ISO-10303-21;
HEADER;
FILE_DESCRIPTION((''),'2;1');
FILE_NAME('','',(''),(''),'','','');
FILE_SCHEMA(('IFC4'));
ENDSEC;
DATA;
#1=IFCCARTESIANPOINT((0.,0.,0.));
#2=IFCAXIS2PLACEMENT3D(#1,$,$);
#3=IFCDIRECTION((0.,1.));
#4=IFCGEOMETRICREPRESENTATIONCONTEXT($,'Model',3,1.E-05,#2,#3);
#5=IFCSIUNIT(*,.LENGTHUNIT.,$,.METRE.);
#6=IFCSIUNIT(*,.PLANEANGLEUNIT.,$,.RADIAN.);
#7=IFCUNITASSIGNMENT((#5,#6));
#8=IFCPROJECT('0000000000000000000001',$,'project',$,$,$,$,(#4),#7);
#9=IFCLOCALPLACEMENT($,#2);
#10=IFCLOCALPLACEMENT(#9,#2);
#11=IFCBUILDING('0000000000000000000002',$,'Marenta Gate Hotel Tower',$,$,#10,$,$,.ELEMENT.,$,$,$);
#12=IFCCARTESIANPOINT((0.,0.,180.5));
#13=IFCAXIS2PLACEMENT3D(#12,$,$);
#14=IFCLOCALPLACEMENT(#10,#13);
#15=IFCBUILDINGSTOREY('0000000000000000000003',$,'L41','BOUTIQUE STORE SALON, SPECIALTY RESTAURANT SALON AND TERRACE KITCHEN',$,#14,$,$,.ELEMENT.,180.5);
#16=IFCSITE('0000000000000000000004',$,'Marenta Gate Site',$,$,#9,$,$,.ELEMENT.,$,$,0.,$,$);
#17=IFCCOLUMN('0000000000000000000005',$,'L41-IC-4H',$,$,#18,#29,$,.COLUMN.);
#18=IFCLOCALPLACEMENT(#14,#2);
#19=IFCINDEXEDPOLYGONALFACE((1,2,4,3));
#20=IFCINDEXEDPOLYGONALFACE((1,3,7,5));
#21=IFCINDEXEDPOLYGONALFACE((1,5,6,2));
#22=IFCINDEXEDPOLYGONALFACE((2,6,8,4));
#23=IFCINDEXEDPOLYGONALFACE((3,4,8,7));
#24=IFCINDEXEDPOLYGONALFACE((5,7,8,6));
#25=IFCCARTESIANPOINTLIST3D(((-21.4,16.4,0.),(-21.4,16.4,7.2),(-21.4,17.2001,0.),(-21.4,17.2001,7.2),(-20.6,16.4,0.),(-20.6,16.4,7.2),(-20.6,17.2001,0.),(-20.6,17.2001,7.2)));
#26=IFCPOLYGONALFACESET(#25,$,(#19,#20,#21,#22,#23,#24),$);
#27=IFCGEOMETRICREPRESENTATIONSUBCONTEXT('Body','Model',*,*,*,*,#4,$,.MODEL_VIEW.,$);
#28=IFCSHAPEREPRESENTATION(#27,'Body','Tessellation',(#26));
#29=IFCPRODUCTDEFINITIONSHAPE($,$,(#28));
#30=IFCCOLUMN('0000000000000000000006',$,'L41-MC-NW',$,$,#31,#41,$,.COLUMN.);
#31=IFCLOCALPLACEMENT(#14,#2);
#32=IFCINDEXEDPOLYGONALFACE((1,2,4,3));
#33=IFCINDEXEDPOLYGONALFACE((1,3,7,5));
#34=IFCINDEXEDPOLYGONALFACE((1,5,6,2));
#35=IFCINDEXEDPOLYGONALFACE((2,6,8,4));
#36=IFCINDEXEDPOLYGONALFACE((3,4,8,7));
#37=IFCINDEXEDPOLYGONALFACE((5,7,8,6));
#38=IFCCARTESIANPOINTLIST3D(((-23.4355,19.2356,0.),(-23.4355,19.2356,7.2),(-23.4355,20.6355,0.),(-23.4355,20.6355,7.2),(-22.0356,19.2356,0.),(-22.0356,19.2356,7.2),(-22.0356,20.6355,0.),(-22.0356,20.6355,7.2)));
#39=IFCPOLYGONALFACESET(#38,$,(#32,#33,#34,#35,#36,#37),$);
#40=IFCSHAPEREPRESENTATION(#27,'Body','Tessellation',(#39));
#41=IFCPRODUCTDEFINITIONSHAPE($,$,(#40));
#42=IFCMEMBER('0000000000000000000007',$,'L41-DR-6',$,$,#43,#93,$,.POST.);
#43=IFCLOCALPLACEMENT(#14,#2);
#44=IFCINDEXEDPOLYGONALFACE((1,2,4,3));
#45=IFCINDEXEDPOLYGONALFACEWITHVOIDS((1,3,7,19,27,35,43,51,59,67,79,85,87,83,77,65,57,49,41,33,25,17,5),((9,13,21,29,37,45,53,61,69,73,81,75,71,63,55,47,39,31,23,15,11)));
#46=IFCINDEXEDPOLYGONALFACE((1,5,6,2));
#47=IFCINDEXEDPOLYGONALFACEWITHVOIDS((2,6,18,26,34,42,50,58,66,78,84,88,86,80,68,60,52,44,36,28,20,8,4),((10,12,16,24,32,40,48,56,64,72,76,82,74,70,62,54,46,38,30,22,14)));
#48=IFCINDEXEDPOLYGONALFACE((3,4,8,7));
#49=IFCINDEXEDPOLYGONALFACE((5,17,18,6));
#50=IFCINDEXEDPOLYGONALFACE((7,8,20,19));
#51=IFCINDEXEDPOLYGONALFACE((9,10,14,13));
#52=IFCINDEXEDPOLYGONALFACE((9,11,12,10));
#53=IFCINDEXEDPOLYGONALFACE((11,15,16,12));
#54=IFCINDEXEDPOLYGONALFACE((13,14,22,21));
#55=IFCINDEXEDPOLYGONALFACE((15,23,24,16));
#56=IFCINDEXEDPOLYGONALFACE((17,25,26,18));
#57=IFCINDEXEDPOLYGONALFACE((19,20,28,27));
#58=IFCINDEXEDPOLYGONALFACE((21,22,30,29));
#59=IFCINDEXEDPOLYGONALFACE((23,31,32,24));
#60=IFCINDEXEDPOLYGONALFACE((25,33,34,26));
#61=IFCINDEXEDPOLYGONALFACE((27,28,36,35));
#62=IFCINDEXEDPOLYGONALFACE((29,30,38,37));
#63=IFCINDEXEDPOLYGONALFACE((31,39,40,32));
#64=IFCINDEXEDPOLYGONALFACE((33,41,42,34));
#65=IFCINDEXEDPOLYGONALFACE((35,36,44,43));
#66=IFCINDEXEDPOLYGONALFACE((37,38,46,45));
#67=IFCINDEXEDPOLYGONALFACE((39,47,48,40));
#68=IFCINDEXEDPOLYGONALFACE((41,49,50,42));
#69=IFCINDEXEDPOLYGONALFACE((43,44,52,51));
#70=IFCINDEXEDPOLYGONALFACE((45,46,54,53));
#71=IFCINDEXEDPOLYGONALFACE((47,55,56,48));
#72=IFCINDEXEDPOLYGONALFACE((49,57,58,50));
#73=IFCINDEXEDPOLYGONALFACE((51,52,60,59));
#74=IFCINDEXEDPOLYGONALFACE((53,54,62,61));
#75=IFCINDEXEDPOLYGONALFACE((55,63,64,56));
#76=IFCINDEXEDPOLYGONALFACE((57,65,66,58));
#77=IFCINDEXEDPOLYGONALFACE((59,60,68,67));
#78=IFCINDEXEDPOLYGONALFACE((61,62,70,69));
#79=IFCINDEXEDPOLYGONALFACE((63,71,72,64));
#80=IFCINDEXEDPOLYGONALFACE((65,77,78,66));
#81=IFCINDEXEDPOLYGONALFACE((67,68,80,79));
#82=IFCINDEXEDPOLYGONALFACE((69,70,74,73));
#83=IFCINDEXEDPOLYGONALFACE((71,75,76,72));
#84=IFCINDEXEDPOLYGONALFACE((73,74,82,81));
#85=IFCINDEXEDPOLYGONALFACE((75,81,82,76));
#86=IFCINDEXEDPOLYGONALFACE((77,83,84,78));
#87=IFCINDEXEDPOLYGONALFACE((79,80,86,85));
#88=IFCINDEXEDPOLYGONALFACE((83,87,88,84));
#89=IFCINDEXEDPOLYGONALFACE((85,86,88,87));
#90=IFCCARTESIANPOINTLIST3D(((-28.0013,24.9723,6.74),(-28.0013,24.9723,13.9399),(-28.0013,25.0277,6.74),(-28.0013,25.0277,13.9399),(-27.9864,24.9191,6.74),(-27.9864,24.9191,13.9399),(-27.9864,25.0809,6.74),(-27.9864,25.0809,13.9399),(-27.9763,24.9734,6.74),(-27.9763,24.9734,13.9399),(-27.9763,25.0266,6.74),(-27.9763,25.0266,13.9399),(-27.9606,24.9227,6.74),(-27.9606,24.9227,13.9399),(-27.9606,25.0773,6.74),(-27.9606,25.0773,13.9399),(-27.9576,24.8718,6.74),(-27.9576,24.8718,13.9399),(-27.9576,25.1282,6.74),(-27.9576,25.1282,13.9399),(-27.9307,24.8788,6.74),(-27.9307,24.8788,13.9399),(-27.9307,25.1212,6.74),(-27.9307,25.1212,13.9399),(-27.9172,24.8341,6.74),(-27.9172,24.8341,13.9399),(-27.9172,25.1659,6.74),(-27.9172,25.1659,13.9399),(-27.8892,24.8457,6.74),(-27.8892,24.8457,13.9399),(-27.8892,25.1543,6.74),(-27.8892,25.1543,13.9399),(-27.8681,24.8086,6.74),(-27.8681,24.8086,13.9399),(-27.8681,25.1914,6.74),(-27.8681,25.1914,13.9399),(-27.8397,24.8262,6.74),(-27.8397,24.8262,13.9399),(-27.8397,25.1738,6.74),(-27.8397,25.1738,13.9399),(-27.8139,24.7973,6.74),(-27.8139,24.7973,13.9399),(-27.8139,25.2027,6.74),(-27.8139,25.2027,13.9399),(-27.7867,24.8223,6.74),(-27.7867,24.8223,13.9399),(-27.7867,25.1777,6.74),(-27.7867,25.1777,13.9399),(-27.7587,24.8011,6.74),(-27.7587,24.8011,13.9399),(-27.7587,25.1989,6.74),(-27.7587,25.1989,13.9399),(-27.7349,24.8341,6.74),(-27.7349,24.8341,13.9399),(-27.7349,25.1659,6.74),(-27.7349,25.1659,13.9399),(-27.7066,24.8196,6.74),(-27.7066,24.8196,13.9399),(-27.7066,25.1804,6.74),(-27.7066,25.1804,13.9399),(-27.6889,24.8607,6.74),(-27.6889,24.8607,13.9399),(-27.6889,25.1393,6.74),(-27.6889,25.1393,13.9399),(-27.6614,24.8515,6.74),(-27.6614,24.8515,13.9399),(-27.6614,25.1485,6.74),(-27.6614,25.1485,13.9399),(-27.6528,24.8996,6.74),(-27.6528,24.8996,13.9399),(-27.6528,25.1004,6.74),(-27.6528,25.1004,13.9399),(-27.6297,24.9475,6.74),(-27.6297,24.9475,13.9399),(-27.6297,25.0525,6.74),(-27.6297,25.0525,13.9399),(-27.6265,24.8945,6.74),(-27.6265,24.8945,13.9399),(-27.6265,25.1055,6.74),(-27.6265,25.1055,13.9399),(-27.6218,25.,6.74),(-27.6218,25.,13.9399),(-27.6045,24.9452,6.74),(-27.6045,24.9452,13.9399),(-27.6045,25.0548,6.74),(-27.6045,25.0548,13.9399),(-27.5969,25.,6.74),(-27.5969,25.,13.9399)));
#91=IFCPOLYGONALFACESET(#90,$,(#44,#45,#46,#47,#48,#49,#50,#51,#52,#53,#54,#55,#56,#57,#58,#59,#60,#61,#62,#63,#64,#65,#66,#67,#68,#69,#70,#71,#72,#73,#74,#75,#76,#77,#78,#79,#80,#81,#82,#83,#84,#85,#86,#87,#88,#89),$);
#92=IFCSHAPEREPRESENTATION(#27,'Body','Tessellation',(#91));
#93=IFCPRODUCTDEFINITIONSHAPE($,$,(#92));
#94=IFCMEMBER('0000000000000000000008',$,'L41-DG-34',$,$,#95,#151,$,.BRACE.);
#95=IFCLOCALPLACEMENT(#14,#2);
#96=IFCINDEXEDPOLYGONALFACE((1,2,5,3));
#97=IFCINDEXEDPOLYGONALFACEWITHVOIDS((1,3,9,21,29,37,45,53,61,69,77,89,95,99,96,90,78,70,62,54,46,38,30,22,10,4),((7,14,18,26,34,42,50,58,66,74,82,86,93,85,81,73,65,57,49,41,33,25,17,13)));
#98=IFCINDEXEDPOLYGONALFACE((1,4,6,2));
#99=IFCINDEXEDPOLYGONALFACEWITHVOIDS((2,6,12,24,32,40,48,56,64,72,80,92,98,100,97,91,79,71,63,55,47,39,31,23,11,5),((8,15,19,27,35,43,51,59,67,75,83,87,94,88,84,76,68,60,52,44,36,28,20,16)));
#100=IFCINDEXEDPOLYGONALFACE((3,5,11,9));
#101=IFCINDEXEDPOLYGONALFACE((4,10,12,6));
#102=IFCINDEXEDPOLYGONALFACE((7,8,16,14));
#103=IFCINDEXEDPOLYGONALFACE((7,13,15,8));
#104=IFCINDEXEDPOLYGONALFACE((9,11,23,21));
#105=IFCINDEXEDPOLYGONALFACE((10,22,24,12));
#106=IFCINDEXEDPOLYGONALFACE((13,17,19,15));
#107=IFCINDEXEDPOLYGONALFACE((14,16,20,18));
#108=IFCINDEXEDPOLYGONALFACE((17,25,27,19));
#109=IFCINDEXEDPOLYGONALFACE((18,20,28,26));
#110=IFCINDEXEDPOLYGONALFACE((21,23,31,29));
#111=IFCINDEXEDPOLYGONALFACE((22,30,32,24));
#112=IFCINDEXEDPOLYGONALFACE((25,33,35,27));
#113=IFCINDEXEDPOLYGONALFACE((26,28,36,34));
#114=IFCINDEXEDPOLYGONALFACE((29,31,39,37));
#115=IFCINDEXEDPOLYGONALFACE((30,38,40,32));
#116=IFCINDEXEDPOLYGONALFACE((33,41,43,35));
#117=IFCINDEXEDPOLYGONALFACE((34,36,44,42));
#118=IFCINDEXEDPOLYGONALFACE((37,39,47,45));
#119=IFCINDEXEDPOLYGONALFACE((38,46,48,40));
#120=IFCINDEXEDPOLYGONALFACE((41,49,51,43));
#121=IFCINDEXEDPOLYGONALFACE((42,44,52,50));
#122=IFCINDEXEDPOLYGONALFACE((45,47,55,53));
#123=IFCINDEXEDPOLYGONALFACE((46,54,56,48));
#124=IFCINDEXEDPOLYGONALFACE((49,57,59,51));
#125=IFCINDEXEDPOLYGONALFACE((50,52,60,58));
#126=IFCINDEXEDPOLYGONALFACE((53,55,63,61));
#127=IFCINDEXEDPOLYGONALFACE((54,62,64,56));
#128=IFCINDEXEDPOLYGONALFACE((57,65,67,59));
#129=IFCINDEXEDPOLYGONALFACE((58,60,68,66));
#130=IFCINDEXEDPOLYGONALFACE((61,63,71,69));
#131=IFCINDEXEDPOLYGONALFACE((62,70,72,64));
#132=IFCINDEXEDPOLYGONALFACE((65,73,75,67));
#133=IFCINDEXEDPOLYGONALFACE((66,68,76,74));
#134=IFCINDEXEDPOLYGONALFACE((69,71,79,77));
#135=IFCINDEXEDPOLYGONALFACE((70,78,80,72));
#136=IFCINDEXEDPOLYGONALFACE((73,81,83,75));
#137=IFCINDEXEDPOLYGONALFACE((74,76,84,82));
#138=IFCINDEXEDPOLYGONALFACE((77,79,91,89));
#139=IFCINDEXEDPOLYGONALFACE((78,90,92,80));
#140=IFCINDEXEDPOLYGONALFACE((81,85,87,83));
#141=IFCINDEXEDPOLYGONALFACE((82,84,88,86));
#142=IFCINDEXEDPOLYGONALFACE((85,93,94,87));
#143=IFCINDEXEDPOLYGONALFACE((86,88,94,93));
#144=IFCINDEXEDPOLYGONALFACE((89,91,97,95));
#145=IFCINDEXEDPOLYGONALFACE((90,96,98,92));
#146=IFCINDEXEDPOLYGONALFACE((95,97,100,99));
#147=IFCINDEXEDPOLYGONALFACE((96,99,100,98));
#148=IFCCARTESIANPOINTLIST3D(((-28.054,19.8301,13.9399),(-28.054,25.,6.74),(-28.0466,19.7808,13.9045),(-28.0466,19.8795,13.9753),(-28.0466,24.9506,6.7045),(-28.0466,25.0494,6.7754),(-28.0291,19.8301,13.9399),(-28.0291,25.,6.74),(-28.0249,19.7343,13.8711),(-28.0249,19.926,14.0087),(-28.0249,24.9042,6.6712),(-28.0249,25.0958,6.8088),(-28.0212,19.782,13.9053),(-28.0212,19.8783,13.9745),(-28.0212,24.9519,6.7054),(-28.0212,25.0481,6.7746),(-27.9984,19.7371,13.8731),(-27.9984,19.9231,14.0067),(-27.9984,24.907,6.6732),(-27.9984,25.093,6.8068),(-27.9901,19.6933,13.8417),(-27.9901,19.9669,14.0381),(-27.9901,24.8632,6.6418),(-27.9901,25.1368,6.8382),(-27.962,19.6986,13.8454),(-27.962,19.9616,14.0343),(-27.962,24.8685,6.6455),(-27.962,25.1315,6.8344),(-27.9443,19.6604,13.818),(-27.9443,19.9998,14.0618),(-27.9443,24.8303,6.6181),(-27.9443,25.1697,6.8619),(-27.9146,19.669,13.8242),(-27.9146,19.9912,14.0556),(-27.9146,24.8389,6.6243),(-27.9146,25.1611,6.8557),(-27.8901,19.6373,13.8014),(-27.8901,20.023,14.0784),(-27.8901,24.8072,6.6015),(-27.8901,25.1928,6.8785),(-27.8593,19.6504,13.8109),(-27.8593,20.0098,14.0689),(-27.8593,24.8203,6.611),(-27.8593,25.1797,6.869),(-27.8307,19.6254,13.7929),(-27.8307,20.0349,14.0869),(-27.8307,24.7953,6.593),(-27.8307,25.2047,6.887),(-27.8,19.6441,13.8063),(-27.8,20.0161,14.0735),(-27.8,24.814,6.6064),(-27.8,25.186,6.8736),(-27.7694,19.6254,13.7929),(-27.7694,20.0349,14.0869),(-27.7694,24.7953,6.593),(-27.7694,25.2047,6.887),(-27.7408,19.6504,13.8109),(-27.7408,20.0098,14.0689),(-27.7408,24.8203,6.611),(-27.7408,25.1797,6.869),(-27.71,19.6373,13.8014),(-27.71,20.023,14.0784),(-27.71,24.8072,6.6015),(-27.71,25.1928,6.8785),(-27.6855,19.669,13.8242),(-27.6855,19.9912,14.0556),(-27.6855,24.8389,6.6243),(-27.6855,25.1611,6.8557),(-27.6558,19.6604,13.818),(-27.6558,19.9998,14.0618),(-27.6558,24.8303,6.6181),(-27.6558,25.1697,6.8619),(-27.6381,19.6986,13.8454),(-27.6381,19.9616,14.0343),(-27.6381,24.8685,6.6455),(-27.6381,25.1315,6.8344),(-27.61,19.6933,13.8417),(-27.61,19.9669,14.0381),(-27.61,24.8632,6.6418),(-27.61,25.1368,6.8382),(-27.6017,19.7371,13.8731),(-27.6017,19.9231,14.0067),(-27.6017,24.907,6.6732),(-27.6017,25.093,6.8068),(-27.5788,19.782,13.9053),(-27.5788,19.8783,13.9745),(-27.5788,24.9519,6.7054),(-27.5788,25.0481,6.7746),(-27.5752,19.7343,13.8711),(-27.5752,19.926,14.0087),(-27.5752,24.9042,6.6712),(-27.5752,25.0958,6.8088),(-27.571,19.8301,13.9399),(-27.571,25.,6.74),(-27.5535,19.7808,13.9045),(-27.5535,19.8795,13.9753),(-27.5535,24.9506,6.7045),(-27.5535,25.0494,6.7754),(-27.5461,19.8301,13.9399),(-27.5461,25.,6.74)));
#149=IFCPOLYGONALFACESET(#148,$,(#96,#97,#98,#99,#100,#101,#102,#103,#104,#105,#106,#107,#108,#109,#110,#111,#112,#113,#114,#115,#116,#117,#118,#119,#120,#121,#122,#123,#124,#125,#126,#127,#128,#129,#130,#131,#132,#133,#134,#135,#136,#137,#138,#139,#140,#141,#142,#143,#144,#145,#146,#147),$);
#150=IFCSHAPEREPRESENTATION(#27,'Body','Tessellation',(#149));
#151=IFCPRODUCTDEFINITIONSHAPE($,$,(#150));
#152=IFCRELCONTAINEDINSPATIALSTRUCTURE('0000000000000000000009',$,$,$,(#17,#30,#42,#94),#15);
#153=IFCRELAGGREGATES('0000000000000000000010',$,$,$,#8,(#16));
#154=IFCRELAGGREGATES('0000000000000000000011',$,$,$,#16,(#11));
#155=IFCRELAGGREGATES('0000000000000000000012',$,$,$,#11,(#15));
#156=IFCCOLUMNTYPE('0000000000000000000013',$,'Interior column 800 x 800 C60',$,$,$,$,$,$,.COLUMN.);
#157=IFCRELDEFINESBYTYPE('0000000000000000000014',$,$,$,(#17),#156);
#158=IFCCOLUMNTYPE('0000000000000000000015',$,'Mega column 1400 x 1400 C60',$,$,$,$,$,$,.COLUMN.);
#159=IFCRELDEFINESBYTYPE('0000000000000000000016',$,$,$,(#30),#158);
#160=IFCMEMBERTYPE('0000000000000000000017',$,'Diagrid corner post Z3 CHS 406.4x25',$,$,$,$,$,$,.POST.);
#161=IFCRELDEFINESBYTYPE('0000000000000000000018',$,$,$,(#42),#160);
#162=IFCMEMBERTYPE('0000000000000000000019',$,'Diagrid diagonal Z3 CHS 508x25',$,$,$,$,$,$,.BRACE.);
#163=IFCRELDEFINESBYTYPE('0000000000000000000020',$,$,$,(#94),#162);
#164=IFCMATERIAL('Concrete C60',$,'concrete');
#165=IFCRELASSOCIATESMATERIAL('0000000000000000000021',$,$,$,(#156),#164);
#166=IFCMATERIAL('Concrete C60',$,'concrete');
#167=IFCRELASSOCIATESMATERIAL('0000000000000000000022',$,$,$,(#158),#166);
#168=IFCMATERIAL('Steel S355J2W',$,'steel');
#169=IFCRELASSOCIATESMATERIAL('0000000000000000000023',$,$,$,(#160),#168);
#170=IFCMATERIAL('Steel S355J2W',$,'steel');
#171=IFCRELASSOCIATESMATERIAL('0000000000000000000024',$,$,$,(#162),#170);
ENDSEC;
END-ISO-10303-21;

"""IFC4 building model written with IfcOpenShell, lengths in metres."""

from ifc_helpers import new_model, si_unit, direction, frame, origin, origin_2d, place, context, subcontext, project, spatial, rectangle, hollow_circle, extrude, material, material_profile, profile_set, type_object, element, save


model = new_model("IFC4")

# Units and contexts
model_context = context("Model", 3, precision=1e-05, world=origin(), true_north=direction((0.0, 1.0)))
body_context = subcontext(model_context, "Body", "Model", "MODEL_VIEW")
ifc_project = project(units=[si_unit("LENGTHUNIT", "METRE"), si_unit("PLANEANGLEUNIT", "RADIAN")], contexts=[model_context])

# Site, building, storey
site_placement = place(None, origin())
site = spatial("IfcSite", under=ifc_project, at=site_placement, Name="Marenta Gate Site", CompositionType="ELEMENT", RefElevation=0.0)
building_placement = place(site_placement, origin())
building = spatial("IfcBuilding", under=site, at=building_placement, Name="Marenta Gate Hotel Tower", CompositionType="ELEMENT")
storey_placement = place(building_placement, frame((0.0, 0.0, 180.5)))
storey = spatial("IfcBuildingStorey", under=building, at=storey_placement, Name="L41", Description="BOUTIQUE STORE SALON, SPECIALTY RESTAURANT SALON AND TERRACE KITCHEN", CompositionType="ELEMENT", Elevation=180.5)

# Columns
ifc_material_1 = material(Name="Concrete C60", Category="concrete")
ifc_material_profile_1 = material_profile(ifc_material_1, rectangle(XDim=0.8, YDim=0.8, at=origin_2d()), Name="800 x 800")
ifc_profile_set_1 = profile_set([ifc_material_profile_1], Name="Concrete C60")
column_type_1 = type_object("IfcColumnType", Name="Interior column 800 x 800 C60", PredefinedType="COLUMN", material=ifc_profile_set_1)
column_1_placement = place(storey_placement, frame((-21.0, 16.8, 0.0), z_axis=(0.0, 0.0, 1.0), x_axis=(1.0, 0.0, 0.0)))
element("IfcColumn", 1, at=column_1_placement, inside=storey, type_object=column_type_1, Name="L41-IC-4H", PredefinedType="COLUMN", context=body_context, shape_type="SweptSolid", body=[
    extrude(rectangle(XDim=0.8, YDim=0.8, at=origin_2d()), origin(), (0.0, 0.0, 1.0), 7.2),
])
ifc_material_2 = material(Name="Concrete C60", Category="concrete")
ifc_material_profile_2 = material_profile(ifc_material_2, rectangle(XDim=1.3999, YDim=1.3999, at=origin_2d()), Name="1400 x 1400")
ifc_profile_set_2 = profile_set([ifc_material_profile_2], Name="Concrete C60")
column_type_2 = type_object("IfcColumnType", Name="Mega column 1400 x 1400 C60", PredefinedType="COLUMN", material=ifc_profile_set_2)
column_2_placement = place(storey_placement, frame((-22.7356, 19.9355, 0.0), z_axis=(0.0, 0.0, 1.0), x_axis=(1.0, 0.0, 0.0)))
element("IfcColumn", 2, at=column_2_placement, inside=storey, type_object=column_type_2, Name="L41-MC-NW", PredefinedType="COLUMN", context=body_context, shape_type="SweptSolid", body=[
    extrude(rectangle(XDim=1.3999, YDim=1.3999, at=origin_2d()), origin(), (0.0, 0.0, 1.0), 7.2),
])

# Members
ifc_material_3 = material(Name="Steel S355J2W", Category="steel")
ifc_material_profile_3 = material_profile(ifc_material_3, hollow_circle(Radius=0.2031, WallThickness=0.0249, at=origin_2d()), Name="CHS 406.4x25")
ifc_profile_set_3 = profile_set([ifc_material_profile_3], Name="Steel S355J2W")
member_type_1 = type_object("IfcMemberType", Name="Diagrid corner post Z3 CHS 406.4x25", PredefinedType="POST", material=ifc_profile_set_3)
member_1_placement = place(storey_placement, frame((-27.8, 25.0, 6.74), z_axis=(0.0, 0.0, 1.0), x_axis=(1.0, 0.0, 0.0)))
element("IfcMember", 3, at=member_1_placement, inside=storey, type_object=member_type_1, Name="L41-DR-6", PredefinedType="POST", context=body_context, shape_type="SweptSolid", body=[
    extrude(hollow_circle(Radius=0.2031, WallThickness=0.0249, at=origin_2d()), origin(), (0.0, 0.0, 1.0), 7.2),
])
ifc_material_4 = material(Name="Steel S355J2W", Category="steel")
ifc_material_profile_4 = material_profile(ifc_material_4, hollow_circle(Radius=0.2539, WallThickness=0.0249, at=origin_2d()), Name="CHS 508x25")
ifc_profile_set_4 = profile_set([ifc_material_profile_4], Name="Steel S355J2W")
member_type_2 = type_object("IfcMemberType", Name="Diagrid diagonal Z3 CHS 508x25", PredefinedType="BRACE", material=ifc_profile_set_4)
member_2_placement = place(storey_placement, frame((-27.8, 25.0, 6.74), z_axis=(0.0, -0.583261, 0.812285), x_axis=(1.0, 0.0, 0.0)))
element("IfcMember", 4, at=member_2_placement, inside=storey, type_object=member_type_2, Name="L41-DG-34", PredefinedType="BRACE", context=body_context, shape_type="SweptSolid", body=[
    extrude(hollow_circle(Radius=0.2539, WallThickness=0.0249, at=origin_2d()), origin(), (0.0, 0.0, 1.0), 8.8638),
])

save(model, "model.ifc")
